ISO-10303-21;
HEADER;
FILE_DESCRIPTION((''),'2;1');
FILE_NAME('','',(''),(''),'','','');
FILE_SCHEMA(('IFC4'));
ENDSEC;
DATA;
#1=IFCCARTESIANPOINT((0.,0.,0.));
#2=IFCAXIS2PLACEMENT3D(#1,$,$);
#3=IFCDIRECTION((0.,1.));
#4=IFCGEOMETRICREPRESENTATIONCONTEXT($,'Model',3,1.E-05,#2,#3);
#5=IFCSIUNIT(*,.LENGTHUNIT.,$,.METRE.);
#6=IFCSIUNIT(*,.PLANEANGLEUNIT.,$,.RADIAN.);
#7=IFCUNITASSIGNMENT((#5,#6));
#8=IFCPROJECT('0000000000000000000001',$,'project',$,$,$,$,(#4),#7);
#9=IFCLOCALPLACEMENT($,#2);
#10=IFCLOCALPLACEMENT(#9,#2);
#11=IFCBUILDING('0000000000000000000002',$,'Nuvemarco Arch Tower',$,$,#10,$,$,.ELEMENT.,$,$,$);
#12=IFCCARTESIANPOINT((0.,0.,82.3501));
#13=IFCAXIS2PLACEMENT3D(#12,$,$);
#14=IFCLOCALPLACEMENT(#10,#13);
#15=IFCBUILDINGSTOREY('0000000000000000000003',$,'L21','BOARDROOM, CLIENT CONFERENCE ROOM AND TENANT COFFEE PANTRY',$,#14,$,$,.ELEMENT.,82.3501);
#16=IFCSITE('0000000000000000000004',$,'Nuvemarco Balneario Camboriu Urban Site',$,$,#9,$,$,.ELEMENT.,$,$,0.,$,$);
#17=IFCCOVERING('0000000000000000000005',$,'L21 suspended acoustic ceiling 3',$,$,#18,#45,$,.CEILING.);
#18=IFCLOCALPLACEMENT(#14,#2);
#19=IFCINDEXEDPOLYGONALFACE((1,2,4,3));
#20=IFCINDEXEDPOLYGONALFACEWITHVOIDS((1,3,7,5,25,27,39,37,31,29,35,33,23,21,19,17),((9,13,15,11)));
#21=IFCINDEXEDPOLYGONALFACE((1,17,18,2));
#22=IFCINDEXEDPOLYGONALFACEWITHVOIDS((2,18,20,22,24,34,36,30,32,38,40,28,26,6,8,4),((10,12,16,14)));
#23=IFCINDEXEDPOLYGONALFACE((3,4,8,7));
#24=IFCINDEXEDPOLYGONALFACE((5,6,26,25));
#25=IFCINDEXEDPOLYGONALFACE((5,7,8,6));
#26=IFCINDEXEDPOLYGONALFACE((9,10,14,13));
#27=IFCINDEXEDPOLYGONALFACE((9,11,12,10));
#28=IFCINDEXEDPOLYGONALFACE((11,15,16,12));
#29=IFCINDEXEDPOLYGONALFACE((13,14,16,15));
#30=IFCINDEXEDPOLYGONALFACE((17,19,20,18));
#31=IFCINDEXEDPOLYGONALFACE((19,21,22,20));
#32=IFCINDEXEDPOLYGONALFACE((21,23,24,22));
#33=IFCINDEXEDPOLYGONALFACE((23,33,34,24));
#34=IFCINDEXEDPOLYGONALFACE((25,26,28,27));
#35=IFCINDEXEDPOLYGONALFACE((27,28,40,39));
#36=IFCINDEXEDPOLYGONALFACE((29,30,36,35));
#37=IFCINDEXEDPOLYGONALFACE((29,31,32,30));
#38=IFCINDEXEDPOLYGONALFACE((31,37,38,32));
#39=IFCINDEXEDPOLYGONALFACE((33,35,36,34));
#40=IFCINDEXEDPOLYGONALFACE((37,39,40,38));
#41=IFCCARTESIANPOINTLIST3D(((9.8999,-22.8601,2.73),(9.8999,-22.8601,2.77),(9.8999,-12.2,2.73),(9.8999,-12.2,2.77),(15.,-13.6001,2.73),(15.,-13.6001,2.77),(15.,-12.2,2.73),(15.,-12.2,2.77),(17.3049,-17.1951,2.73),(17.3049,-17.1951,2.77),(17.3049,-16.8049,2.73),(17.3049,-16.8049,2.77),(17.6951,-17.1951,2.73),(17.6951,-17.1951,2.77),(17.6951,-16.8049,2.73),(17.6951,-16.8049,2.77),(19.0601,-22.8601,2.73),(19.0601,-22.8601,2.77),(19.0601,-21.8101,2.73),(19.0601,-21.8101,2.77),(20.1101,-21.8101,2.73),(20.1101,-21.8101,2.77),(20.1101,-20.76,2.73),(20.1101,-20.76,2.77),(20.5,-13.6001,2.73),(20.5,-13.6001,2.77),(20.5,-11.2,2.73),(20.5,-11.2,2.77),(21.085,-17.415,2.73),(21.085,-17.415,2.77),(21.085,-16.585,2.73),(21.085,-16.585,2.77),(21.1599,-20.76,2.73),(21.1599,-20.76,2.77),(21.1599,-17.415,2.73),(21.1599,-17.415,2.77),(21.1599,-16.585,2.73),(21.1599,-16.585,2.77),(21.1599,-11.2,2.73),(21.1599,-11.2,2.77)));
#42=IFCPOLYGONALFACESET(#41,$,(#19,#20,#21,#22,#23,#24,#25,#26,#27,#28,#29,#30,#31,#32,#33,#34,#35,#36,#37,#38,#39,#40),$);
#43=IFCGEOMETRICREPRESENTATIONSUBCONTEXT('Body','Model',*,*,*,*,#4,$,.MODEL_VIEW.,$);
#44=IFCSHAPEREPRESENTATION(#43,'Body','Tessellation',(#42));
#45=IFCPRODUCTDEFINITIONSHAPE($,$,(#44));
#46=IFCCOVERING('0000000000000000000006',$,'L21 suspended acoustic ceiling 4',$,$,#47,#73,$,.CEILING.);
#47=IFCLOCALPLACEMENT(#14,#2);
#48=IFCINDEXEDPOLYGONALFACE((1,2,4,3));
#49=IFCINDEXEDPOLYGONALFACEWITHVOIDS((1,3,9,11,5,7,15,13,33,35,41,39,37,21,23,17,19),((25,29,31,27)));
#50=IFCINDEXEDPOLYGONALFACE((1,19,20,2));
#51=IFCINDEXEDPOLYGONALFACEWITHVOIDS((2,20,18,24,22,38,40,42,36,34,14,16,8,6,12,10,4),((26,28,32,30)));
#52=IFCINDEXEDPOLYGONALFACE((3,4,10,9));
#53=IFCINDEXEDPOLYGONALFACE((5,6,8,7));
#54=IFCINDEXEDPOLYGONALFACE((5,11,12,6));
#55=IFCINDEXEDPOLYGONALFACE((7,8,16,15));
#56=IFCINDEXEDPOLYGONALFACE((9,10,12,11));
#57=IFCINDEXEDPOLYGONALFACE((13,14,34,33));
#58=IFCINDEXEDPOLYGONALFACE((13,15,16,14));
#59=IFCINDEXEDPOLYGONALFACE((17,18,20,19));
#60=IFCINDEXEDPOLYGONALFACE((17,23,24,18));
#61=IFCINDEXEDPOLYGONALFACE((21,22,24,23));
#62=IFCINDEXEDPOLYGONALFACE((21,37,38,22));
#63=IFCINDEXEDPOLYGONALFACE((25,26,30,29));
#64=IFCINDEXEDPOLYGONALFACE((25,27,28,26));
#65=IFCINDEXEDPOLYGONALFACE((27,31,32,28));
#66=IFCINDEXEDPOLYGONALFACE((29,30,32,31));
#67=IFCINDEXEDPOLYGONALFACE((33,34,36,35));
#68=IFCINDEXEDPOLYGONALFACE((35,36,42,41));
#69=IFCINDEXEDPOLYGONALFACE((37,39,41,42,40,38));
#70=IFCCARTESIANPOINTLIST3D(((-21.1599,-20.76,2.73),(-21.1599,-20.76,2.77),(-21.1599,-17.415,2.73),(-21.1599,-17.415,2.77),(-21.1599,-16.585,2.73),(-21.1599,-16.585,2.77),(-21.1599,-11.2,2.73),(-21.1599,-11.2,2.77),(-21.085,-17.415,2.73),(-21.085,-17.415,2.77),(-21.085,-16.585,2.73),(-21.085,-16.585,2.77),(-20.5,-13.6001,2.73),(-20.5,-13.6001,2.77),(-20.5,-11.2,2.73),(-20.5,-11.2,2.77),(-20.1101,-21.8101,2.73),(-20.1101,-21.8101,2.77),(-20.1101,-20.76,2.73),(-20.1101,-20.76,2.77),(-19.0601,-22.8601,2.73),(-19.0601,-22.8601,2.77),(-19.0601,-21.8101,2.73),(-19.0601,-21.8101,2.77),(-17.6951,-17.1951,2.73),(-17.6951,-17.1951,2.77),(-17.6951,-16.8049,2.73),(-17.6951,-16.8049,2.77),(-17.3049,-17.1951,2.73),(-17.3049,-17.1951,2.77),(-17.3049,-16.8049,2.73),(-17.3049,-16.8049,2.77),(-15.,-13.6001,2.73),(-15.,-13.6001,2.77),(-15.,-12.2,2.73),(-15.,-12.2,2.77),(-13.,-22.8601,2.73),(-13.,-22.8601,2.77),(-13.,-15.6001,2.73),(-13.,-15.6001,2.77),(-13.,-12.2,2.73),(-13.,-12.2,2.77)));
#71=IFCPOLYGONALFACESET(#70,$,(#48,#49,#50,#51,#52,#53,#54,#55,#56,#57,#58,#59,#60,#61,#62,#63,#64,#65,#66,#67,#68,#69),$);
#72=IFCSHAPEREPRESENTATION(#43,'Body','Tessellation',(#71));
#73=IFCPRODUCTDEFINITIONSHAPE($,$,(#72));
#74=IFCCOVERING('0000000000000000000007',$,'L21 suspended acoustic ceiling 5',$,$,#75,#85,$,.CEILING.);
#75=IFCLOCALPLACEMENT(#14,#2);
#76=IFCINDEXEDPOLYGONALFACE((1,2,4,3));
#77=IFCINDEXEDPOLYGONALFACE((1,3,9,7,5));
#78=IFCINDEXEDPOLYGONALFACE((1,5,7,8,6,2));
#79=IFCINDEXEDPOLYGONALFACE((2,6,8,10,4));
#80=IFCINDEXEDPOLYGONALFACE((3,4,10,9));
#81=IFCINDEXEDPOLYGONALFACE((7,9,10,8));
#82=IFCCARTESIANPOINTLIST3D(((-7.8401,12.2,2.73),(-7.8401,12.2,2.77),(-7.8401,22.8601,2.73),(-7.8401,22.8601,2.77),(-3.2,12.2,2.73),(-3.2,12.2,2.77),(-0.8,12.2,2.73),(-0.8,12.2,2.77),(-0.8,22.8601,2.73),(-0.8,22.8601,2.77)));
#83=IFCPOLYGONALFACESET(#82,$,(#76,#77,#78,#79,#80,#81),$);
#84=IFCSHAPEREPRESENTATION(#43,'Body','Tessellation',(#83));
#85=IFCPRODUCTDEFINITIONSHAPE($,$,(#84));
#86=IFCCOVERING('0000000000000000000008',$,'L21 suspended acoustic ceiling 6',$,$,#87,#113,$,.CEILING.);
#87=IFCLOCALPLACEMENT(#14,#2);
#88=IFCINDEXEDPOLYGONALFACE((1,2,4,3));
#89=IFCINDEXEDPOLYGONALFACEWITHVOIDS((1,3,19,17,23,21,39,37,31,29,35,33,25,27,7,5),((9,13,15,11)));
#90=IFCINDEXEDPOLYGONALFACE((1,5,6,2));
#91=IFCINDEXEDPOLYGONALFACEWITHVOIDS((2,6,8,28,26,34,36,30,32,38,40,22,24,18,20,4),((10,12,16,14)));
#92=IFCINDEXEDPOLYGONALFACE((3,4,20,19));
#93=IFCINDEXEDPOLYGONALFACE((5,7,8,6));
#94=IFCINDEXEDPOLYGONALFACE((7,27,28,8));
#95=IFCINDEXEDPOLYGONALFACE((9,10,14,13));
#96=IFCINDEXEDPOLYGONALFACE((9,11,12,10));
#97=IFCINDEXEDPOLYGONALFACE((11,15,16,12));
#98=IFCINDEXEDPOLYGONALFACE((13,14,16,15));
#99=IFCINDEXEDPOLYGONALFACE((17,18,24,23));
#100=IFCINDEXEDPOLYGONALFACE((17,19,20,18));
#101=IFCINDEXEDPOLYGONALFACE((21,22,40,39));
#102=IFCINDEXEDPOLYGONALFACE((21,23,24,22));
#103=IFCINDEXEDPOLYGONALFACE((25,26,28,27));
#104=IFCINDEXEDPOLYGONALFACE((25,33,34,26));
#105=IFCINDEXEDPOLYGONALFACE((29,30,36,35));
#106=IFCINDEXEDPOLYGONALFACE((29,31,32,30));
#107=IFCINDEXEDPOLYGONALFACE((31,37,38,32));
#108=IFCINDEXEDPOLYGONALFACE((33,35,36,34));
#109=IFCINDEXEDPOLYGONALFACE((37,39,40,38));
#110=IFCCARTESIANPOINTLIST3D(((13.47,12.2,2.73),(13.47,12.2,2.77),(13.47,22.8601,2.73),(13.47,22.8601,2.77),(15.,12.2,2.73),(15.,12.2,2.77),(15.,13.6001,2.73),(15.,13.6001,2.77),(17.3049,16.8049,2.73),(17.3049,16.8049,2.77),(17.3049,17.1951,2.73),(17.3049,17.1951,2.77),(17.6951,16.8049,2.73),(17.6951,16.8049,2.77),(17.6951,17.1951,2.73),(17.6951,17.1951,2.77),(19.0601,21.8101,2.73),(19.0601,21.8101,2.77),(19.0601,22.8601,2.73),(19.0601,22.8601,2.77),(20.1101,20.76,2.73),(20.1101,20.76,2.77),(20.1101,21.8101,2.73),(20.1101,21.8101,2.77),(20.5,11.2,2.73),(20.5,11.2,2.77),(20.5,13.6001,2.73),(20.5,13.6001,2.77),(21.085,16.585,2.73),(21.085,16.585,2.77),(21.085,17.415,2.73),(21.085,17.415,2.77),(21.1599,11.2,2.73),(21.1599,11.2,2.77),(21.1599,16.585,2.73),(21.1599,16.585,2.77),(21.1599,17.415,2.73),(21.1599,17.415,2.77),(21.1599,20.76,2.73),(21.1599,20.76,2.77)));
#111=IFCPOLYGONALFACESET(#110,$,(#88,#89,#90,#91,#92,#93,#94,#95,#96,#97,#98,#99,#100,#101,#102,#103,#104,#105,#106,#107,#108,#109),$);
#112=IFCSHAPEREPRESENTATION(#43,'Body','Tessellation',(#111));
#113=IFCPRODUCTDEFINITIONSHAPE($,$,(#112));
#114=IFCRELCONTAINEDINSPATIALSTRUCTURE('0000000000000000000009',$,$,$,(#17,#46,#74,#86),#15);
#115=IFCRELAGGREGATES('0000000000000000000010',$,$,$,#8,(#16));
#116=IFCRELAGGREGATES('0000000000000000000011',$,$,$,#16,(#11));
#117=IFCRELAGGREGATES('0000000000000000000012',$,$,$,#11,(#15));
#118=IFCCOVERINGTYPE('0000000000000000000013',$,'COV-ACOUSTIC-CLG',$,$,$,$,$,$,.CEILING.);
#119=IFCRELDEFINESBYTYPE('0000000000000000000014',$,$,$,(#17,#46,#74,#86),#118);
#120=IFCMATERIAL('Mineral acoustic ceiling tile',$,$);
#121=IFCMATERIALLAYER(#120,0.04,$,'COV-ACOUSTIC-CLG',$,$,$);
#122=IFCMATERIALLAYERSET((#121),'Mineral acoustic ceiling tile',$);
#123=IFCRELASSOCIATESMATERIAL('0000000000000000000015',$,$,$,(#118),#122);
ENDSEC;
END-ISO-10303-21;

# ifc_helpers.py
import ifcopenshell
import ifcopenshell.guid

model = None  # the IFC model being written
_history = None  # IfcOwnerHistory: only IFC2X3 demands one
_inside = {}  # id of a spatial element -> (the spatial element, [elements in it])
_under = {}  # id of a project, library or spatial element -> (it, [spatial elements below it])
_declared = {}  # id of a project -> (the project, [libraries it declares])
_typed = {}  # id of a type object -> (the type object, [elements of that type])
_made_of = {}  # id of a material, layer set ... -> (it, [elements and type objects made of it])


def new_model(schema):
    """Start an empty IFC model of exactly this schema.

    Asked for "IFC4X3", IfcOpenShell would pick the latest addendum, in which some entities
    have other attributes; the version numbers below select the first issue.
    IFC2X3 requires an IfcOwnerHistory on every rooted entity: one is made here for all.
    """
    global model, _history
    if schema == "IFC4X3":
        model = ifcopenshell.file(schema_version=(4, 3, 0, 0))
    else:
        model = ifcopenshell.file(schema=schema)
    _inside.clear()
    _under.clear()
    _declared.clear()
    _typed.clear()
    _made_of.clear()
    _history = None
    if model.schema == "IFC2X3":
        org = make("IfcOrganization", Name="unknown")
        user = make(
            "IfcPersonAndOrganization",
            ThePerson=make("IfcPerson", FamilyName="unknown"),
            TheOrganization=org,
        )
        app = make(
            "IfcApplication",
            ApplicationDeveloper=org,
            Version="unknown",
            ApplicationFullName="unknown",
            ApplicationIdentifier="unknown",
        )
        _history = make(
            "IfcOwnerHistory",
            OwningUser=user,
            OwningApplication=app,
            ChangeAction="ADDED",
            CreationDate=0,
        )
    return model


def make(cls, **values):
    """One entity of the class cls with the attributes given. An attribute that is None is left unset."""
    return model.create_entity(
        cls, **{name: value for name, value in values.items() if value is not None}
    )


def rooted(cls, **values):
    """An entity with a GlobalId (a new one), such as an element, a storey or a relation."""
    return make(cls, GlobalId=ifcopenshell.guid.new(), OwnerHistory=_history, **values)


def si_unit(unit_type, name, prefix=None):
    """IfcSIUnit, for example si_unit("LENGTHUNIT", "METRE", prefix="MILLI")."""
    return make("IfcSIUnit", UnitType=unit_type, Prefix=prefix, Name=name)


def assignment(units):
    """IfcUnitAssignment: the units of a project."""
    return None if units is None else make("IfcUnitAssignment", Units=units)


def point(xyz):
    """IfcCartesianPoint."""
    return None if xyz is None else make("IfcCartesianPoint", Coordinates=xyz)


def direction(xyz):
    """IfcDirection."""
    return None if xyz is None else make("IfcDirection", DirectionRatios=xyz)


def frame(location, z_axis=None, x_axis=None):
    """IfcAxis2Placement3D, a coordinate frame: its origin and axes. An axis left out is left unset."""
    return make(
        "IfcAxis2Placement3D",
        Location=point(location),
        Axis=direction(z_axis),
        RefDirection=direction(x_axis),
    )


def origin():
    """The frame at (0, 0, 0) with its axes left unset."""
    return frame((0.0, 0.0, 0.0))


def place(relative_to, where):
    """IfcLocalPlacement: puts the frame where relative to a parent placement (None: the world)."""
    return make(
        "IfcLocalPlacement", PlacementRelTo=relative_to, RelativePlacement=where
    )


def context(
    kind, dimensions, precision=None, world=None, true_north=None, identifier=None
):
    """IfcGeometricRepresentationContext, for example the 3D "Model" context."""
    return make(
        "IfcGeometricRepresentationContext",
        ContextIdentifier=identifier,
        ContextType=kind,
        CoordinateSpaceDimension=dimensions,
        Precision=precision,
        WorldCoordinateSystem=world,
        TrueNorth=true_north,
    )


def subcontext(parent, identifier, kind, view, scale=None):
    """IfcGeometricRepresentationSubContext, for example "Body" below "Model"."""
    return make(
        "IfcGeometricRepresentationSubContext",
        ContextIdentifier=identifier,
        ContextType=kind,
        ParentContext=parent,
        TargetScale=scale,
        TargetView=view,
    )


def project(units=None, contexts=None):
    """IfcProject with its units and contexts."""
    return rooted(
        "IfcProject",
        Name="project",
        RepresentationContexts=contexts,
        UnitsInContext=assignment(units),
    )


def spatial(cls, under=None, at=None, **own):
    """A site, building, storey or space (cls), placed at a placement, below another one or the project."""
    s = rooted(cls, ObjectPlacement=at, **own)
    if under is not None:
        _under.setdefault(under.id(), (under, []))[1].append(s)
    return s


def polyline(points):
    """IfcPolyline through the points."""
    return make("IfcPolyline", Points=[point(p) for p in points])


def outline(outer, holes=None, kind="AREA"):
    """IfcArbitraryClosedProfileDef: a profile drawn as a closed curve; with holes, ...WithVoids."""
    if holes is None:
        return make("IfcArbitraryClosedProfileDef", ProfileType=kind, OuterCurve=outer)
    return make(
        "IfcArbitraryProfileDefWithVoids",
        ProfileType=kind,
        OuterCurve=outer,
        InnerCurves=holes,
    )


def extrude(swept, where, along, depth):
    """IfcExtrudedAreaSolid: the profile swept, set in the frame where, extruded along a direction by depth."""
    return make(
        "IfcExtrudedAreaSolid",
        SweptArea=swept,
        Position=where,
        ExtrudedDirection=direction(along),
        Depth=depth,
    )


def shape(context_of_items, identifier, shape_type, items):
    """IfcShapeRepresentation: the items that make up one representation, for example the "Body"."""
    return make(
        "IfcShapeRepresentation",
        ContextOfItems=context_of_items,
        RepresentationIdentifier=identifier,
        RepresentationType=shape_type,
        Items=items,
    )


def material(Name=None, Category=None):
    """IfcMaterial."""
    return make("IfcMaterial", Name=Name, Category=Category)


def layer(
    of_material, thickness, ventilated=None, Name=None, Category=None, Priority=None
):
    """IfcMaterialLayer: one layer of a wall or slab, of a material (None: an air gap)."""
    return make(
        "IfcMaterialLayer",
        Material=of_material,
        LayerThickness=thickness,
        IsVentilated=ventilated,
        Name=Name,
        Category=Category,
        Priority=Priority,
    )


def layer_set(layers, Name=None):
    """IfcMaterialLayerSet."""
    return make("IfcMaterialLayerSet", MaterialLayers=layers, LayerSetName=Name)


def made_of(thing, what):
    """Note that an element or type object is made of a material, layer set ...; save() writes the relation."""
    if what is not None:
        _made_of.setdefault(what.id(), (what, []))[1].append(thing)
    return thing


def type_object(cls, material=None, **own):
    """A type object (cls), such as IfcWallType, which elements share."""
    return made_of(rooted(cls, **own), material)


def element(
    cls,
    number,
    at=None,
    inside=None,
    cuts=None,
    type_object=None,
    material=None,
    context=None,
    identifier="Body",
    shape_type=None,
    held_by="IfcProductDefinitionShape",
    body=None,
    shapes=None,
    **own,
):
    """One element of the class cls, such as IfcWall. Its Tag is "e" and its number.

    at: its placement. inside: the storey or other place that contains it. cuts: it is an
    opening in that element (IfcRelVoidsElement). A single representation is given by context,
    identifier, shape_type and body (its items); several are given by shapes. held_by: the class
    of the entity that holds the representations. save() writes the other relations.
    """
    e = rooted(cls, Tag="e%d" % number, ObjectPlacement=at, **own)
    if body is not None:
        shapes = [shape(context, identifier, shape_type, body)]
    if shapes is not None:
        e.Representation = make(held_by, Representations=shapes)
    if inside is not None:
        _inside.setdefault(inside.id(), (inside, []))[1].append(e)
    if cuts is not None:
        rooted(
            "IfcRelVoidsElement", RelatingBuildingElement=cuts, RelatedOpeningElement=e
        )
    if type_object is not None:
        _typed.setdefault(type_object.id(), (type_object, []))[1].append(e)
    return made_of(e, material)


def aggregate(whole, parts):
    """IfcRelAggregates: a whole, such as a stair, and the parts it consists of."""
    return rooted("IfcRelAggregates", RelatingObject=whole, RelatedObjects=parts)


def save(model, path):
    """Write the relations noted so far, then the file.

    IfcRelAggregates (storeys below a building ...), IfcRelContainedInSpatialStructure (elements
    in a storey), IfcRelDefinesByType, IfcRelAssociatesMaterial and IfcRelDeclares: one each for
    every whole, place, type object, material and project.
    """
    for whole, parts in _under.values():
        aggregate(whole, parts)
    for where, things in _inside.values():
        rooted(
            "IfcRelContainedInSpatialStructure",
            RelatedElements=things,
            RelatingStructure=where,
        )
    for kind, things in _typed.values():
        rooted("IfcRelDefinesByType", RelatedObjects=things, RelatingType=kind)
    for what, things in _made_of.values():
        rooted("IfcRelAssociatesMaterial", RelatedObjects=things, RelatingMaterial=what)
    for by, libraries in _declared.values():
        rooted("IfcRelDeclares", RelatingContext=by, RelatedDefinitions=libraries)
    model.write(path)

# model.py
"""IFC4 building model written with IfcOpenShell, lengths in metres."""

from ifc_helpers import new_model, si_unit, direction, frame, origin, place, context, subcontext, project, spatial, polyline, outline, extrude, material, layer, layer_set, type_object, element, save


model = new_model("IFC4")

# Units and contexts
model_context = context("Model", 3, precision=1e-05, world=origin(), true_north=direction((0.0, 1.0)))
body_context = subcontext(model_context, "Body", "Model", "MODEL_VIEW")
ifc_project = project(units=[si_unit("LENGTHUNIT", "METRE"), si_unit("PLANEANGLEUNIT", "RADIAN")], contexts=[model_context])

# Site, building, storey
site_placement = place(None, origin())
site = spatial("IfcSite", under=ifc_project, at=site_placement, Name="Nuvemarco Balneario Camboriu Urban Site", CompositionType="ELEMENT", RefElevation=0.0)
building_placement = place(site_placement, origin())
building = spatial("IfcBuilding", under=site, at=building_placement, Name="Nuvemarco Arch Tower", CompositionType="ELEMENT")
storey_placement = place(building_placement, frame((0.0, 0.0, 82.3501)))
storey = spatial("IfcBuildingStorey", under=building, at=storey_placement, Name="L21", Description="BOARDROOM, CLIENT CONFERENCE ROOM AND TENANT COFFEE PANTRY", CompositionType="ELEMENT", Elevation=82.3501)

# Coverings
ifc_material_1 = material(Name="Mineral acoustic ceiling tile")
ifc_layer_1 = layer(ifc_material_1, 0.04, Name="COV-ACOUSTIC-CLG")
ifc_layer_set_1 = layer_set([ifc_layer_1], Name="Mineral acoustic ceiling tile")
covering_type = type_object("IfcCoveringType", Name="COV-ACOUSTIC-CLG", PredefinedType="CEILING", material=ifc_layer_set_1)
covering_1_placement = place(storey_placement, frame((0.0, 0.0, 2.73)))
element("IfcCovering", 1, at=covering_1_placement, inside=storey, type_object=covering_type, Name="L21 suspended acoustic ceiling 3", PredefinedType="CEILING", context=body_context, shape_type="SweptSolid", body=[
    extrude(outline(polyline([(19.0601, -22.8601), (9.8999, -22.8601), (9.8999, -12.2), (15.0, -12.2), (15.0, -13.6001), (20.5, -13.6001), (20.5, -11.2), (21.1599, -11.2), (21.1599, -16.585), (21.085, -16.585), (21.085, -17.415), (21.1599, -17.415), (21.1599, -20.76), (20.1101, -20.76), (20.1101, -21.8101), (19.0601, -21.8101), (19.0601, -22.8601)]), holes=[polyline([(17.6951, -17.1951), (17.6951, -16.8049), (17.3049, -16.8049), (17.3049, -17.1951), (17.6951, -17.1951)])]), origin(), (0.0, 0.0, 1.0), 0.04),
])
covering_2_placement = place(storey_placement, frame((0.0, 0.0, 2.73)))
element("IfcCovering", 2, at=covering_2_placement, inside=storey, type_object=covering_type, Name="L21 suspended acoustic ceiling 4", PredefinedType="CEILING", context=body_context, shape_type="SweptSolid", body=[
    extrude(outline(polyline([(-21.1599, -20.76), (-21.1599, -17.415), (-21.085, -17.415), (-21.085, -16.585), (-21.1599, -16.585), (-21.1599, -11.2), (-20.5, -11.2), (-20.5, -13.6001), (-15.0, -13.6001), (-15.0, -12.2), (-13.0, -12.2), (-13.0, -15.6001), (-13.0, -22.8601), (-19.0601, -22.8601), (-19.0601, -21.8101), (-20.1101, -21.8101), (-20.1101, -20.76), (-21.1599, -20.76)]), holes=[polyline([(-17.3049, -16.8049), (-17.6951, -16.8049), (-17.6951, -17.1951), (-17.3049, -17.1951), (-17.3049, -16.8049)])]), origin(), (0.0, 0.0, 1.0), 0.04),
])
covering_3_placement = place(storey_placement, frame((0.0, 0.0, 2.73)))
element("IfcCovering", 3, at=covering_3_placement, inside=storey, type_object=covering_type, Name="L21 suspended acoustic ceiling 5", PredefinedType="CEILING", context=body_context, shape_type="SweptSolid", body=[
    extrude(outline(polyline([(-0.8, 12.2), (-3.2, 12.2), (-7.8401, 12.2), (-7.8401, 22.8601), (-0.8, 22.8601), (-0.8, 12.2)])), origin(), (0.0, 0.0, 1.0), 0.04),
])
covering_4_placement = place(storey_placement, frame((0.0, 0.0, 2.73)))
element("IfcCovering", 4, at=covering_4_placement, inside=storey, type_object=covering_type, Name="L21 suspended acoustic ceiling 6", PredefinedType="CEILING", context=body_context, shape_type="SweptSolid", body=[
    extrude(outline(polyline([(21.1599, 20.76), (21.1599, 17.415), (21.085, 17.415), (21.085, 16.585), (21.1599, 16.585), (21.1599, 11.2), (20.5, 11.2), (20.5, 13.6001), (15.0, 13.6001), (15.0, 12.2), (13.47, 12.2), (13.47, 22.8601), (19.0601, 22.8601), (19.0601, 21.8101), (20.1101, 21.8101), (20.1101, 20.76), (21.1599, 20.76)]), holes=[polyline([(17.6951, 16.8049), (17.6951, 17.1951), (17.3049, 17.1951), (17.3049, 16.8049), (17.6951, 16.8049)])]), origin(), (0.0, 0.0, 1.0), 0.04),
])

save(model, "model.ifc")
